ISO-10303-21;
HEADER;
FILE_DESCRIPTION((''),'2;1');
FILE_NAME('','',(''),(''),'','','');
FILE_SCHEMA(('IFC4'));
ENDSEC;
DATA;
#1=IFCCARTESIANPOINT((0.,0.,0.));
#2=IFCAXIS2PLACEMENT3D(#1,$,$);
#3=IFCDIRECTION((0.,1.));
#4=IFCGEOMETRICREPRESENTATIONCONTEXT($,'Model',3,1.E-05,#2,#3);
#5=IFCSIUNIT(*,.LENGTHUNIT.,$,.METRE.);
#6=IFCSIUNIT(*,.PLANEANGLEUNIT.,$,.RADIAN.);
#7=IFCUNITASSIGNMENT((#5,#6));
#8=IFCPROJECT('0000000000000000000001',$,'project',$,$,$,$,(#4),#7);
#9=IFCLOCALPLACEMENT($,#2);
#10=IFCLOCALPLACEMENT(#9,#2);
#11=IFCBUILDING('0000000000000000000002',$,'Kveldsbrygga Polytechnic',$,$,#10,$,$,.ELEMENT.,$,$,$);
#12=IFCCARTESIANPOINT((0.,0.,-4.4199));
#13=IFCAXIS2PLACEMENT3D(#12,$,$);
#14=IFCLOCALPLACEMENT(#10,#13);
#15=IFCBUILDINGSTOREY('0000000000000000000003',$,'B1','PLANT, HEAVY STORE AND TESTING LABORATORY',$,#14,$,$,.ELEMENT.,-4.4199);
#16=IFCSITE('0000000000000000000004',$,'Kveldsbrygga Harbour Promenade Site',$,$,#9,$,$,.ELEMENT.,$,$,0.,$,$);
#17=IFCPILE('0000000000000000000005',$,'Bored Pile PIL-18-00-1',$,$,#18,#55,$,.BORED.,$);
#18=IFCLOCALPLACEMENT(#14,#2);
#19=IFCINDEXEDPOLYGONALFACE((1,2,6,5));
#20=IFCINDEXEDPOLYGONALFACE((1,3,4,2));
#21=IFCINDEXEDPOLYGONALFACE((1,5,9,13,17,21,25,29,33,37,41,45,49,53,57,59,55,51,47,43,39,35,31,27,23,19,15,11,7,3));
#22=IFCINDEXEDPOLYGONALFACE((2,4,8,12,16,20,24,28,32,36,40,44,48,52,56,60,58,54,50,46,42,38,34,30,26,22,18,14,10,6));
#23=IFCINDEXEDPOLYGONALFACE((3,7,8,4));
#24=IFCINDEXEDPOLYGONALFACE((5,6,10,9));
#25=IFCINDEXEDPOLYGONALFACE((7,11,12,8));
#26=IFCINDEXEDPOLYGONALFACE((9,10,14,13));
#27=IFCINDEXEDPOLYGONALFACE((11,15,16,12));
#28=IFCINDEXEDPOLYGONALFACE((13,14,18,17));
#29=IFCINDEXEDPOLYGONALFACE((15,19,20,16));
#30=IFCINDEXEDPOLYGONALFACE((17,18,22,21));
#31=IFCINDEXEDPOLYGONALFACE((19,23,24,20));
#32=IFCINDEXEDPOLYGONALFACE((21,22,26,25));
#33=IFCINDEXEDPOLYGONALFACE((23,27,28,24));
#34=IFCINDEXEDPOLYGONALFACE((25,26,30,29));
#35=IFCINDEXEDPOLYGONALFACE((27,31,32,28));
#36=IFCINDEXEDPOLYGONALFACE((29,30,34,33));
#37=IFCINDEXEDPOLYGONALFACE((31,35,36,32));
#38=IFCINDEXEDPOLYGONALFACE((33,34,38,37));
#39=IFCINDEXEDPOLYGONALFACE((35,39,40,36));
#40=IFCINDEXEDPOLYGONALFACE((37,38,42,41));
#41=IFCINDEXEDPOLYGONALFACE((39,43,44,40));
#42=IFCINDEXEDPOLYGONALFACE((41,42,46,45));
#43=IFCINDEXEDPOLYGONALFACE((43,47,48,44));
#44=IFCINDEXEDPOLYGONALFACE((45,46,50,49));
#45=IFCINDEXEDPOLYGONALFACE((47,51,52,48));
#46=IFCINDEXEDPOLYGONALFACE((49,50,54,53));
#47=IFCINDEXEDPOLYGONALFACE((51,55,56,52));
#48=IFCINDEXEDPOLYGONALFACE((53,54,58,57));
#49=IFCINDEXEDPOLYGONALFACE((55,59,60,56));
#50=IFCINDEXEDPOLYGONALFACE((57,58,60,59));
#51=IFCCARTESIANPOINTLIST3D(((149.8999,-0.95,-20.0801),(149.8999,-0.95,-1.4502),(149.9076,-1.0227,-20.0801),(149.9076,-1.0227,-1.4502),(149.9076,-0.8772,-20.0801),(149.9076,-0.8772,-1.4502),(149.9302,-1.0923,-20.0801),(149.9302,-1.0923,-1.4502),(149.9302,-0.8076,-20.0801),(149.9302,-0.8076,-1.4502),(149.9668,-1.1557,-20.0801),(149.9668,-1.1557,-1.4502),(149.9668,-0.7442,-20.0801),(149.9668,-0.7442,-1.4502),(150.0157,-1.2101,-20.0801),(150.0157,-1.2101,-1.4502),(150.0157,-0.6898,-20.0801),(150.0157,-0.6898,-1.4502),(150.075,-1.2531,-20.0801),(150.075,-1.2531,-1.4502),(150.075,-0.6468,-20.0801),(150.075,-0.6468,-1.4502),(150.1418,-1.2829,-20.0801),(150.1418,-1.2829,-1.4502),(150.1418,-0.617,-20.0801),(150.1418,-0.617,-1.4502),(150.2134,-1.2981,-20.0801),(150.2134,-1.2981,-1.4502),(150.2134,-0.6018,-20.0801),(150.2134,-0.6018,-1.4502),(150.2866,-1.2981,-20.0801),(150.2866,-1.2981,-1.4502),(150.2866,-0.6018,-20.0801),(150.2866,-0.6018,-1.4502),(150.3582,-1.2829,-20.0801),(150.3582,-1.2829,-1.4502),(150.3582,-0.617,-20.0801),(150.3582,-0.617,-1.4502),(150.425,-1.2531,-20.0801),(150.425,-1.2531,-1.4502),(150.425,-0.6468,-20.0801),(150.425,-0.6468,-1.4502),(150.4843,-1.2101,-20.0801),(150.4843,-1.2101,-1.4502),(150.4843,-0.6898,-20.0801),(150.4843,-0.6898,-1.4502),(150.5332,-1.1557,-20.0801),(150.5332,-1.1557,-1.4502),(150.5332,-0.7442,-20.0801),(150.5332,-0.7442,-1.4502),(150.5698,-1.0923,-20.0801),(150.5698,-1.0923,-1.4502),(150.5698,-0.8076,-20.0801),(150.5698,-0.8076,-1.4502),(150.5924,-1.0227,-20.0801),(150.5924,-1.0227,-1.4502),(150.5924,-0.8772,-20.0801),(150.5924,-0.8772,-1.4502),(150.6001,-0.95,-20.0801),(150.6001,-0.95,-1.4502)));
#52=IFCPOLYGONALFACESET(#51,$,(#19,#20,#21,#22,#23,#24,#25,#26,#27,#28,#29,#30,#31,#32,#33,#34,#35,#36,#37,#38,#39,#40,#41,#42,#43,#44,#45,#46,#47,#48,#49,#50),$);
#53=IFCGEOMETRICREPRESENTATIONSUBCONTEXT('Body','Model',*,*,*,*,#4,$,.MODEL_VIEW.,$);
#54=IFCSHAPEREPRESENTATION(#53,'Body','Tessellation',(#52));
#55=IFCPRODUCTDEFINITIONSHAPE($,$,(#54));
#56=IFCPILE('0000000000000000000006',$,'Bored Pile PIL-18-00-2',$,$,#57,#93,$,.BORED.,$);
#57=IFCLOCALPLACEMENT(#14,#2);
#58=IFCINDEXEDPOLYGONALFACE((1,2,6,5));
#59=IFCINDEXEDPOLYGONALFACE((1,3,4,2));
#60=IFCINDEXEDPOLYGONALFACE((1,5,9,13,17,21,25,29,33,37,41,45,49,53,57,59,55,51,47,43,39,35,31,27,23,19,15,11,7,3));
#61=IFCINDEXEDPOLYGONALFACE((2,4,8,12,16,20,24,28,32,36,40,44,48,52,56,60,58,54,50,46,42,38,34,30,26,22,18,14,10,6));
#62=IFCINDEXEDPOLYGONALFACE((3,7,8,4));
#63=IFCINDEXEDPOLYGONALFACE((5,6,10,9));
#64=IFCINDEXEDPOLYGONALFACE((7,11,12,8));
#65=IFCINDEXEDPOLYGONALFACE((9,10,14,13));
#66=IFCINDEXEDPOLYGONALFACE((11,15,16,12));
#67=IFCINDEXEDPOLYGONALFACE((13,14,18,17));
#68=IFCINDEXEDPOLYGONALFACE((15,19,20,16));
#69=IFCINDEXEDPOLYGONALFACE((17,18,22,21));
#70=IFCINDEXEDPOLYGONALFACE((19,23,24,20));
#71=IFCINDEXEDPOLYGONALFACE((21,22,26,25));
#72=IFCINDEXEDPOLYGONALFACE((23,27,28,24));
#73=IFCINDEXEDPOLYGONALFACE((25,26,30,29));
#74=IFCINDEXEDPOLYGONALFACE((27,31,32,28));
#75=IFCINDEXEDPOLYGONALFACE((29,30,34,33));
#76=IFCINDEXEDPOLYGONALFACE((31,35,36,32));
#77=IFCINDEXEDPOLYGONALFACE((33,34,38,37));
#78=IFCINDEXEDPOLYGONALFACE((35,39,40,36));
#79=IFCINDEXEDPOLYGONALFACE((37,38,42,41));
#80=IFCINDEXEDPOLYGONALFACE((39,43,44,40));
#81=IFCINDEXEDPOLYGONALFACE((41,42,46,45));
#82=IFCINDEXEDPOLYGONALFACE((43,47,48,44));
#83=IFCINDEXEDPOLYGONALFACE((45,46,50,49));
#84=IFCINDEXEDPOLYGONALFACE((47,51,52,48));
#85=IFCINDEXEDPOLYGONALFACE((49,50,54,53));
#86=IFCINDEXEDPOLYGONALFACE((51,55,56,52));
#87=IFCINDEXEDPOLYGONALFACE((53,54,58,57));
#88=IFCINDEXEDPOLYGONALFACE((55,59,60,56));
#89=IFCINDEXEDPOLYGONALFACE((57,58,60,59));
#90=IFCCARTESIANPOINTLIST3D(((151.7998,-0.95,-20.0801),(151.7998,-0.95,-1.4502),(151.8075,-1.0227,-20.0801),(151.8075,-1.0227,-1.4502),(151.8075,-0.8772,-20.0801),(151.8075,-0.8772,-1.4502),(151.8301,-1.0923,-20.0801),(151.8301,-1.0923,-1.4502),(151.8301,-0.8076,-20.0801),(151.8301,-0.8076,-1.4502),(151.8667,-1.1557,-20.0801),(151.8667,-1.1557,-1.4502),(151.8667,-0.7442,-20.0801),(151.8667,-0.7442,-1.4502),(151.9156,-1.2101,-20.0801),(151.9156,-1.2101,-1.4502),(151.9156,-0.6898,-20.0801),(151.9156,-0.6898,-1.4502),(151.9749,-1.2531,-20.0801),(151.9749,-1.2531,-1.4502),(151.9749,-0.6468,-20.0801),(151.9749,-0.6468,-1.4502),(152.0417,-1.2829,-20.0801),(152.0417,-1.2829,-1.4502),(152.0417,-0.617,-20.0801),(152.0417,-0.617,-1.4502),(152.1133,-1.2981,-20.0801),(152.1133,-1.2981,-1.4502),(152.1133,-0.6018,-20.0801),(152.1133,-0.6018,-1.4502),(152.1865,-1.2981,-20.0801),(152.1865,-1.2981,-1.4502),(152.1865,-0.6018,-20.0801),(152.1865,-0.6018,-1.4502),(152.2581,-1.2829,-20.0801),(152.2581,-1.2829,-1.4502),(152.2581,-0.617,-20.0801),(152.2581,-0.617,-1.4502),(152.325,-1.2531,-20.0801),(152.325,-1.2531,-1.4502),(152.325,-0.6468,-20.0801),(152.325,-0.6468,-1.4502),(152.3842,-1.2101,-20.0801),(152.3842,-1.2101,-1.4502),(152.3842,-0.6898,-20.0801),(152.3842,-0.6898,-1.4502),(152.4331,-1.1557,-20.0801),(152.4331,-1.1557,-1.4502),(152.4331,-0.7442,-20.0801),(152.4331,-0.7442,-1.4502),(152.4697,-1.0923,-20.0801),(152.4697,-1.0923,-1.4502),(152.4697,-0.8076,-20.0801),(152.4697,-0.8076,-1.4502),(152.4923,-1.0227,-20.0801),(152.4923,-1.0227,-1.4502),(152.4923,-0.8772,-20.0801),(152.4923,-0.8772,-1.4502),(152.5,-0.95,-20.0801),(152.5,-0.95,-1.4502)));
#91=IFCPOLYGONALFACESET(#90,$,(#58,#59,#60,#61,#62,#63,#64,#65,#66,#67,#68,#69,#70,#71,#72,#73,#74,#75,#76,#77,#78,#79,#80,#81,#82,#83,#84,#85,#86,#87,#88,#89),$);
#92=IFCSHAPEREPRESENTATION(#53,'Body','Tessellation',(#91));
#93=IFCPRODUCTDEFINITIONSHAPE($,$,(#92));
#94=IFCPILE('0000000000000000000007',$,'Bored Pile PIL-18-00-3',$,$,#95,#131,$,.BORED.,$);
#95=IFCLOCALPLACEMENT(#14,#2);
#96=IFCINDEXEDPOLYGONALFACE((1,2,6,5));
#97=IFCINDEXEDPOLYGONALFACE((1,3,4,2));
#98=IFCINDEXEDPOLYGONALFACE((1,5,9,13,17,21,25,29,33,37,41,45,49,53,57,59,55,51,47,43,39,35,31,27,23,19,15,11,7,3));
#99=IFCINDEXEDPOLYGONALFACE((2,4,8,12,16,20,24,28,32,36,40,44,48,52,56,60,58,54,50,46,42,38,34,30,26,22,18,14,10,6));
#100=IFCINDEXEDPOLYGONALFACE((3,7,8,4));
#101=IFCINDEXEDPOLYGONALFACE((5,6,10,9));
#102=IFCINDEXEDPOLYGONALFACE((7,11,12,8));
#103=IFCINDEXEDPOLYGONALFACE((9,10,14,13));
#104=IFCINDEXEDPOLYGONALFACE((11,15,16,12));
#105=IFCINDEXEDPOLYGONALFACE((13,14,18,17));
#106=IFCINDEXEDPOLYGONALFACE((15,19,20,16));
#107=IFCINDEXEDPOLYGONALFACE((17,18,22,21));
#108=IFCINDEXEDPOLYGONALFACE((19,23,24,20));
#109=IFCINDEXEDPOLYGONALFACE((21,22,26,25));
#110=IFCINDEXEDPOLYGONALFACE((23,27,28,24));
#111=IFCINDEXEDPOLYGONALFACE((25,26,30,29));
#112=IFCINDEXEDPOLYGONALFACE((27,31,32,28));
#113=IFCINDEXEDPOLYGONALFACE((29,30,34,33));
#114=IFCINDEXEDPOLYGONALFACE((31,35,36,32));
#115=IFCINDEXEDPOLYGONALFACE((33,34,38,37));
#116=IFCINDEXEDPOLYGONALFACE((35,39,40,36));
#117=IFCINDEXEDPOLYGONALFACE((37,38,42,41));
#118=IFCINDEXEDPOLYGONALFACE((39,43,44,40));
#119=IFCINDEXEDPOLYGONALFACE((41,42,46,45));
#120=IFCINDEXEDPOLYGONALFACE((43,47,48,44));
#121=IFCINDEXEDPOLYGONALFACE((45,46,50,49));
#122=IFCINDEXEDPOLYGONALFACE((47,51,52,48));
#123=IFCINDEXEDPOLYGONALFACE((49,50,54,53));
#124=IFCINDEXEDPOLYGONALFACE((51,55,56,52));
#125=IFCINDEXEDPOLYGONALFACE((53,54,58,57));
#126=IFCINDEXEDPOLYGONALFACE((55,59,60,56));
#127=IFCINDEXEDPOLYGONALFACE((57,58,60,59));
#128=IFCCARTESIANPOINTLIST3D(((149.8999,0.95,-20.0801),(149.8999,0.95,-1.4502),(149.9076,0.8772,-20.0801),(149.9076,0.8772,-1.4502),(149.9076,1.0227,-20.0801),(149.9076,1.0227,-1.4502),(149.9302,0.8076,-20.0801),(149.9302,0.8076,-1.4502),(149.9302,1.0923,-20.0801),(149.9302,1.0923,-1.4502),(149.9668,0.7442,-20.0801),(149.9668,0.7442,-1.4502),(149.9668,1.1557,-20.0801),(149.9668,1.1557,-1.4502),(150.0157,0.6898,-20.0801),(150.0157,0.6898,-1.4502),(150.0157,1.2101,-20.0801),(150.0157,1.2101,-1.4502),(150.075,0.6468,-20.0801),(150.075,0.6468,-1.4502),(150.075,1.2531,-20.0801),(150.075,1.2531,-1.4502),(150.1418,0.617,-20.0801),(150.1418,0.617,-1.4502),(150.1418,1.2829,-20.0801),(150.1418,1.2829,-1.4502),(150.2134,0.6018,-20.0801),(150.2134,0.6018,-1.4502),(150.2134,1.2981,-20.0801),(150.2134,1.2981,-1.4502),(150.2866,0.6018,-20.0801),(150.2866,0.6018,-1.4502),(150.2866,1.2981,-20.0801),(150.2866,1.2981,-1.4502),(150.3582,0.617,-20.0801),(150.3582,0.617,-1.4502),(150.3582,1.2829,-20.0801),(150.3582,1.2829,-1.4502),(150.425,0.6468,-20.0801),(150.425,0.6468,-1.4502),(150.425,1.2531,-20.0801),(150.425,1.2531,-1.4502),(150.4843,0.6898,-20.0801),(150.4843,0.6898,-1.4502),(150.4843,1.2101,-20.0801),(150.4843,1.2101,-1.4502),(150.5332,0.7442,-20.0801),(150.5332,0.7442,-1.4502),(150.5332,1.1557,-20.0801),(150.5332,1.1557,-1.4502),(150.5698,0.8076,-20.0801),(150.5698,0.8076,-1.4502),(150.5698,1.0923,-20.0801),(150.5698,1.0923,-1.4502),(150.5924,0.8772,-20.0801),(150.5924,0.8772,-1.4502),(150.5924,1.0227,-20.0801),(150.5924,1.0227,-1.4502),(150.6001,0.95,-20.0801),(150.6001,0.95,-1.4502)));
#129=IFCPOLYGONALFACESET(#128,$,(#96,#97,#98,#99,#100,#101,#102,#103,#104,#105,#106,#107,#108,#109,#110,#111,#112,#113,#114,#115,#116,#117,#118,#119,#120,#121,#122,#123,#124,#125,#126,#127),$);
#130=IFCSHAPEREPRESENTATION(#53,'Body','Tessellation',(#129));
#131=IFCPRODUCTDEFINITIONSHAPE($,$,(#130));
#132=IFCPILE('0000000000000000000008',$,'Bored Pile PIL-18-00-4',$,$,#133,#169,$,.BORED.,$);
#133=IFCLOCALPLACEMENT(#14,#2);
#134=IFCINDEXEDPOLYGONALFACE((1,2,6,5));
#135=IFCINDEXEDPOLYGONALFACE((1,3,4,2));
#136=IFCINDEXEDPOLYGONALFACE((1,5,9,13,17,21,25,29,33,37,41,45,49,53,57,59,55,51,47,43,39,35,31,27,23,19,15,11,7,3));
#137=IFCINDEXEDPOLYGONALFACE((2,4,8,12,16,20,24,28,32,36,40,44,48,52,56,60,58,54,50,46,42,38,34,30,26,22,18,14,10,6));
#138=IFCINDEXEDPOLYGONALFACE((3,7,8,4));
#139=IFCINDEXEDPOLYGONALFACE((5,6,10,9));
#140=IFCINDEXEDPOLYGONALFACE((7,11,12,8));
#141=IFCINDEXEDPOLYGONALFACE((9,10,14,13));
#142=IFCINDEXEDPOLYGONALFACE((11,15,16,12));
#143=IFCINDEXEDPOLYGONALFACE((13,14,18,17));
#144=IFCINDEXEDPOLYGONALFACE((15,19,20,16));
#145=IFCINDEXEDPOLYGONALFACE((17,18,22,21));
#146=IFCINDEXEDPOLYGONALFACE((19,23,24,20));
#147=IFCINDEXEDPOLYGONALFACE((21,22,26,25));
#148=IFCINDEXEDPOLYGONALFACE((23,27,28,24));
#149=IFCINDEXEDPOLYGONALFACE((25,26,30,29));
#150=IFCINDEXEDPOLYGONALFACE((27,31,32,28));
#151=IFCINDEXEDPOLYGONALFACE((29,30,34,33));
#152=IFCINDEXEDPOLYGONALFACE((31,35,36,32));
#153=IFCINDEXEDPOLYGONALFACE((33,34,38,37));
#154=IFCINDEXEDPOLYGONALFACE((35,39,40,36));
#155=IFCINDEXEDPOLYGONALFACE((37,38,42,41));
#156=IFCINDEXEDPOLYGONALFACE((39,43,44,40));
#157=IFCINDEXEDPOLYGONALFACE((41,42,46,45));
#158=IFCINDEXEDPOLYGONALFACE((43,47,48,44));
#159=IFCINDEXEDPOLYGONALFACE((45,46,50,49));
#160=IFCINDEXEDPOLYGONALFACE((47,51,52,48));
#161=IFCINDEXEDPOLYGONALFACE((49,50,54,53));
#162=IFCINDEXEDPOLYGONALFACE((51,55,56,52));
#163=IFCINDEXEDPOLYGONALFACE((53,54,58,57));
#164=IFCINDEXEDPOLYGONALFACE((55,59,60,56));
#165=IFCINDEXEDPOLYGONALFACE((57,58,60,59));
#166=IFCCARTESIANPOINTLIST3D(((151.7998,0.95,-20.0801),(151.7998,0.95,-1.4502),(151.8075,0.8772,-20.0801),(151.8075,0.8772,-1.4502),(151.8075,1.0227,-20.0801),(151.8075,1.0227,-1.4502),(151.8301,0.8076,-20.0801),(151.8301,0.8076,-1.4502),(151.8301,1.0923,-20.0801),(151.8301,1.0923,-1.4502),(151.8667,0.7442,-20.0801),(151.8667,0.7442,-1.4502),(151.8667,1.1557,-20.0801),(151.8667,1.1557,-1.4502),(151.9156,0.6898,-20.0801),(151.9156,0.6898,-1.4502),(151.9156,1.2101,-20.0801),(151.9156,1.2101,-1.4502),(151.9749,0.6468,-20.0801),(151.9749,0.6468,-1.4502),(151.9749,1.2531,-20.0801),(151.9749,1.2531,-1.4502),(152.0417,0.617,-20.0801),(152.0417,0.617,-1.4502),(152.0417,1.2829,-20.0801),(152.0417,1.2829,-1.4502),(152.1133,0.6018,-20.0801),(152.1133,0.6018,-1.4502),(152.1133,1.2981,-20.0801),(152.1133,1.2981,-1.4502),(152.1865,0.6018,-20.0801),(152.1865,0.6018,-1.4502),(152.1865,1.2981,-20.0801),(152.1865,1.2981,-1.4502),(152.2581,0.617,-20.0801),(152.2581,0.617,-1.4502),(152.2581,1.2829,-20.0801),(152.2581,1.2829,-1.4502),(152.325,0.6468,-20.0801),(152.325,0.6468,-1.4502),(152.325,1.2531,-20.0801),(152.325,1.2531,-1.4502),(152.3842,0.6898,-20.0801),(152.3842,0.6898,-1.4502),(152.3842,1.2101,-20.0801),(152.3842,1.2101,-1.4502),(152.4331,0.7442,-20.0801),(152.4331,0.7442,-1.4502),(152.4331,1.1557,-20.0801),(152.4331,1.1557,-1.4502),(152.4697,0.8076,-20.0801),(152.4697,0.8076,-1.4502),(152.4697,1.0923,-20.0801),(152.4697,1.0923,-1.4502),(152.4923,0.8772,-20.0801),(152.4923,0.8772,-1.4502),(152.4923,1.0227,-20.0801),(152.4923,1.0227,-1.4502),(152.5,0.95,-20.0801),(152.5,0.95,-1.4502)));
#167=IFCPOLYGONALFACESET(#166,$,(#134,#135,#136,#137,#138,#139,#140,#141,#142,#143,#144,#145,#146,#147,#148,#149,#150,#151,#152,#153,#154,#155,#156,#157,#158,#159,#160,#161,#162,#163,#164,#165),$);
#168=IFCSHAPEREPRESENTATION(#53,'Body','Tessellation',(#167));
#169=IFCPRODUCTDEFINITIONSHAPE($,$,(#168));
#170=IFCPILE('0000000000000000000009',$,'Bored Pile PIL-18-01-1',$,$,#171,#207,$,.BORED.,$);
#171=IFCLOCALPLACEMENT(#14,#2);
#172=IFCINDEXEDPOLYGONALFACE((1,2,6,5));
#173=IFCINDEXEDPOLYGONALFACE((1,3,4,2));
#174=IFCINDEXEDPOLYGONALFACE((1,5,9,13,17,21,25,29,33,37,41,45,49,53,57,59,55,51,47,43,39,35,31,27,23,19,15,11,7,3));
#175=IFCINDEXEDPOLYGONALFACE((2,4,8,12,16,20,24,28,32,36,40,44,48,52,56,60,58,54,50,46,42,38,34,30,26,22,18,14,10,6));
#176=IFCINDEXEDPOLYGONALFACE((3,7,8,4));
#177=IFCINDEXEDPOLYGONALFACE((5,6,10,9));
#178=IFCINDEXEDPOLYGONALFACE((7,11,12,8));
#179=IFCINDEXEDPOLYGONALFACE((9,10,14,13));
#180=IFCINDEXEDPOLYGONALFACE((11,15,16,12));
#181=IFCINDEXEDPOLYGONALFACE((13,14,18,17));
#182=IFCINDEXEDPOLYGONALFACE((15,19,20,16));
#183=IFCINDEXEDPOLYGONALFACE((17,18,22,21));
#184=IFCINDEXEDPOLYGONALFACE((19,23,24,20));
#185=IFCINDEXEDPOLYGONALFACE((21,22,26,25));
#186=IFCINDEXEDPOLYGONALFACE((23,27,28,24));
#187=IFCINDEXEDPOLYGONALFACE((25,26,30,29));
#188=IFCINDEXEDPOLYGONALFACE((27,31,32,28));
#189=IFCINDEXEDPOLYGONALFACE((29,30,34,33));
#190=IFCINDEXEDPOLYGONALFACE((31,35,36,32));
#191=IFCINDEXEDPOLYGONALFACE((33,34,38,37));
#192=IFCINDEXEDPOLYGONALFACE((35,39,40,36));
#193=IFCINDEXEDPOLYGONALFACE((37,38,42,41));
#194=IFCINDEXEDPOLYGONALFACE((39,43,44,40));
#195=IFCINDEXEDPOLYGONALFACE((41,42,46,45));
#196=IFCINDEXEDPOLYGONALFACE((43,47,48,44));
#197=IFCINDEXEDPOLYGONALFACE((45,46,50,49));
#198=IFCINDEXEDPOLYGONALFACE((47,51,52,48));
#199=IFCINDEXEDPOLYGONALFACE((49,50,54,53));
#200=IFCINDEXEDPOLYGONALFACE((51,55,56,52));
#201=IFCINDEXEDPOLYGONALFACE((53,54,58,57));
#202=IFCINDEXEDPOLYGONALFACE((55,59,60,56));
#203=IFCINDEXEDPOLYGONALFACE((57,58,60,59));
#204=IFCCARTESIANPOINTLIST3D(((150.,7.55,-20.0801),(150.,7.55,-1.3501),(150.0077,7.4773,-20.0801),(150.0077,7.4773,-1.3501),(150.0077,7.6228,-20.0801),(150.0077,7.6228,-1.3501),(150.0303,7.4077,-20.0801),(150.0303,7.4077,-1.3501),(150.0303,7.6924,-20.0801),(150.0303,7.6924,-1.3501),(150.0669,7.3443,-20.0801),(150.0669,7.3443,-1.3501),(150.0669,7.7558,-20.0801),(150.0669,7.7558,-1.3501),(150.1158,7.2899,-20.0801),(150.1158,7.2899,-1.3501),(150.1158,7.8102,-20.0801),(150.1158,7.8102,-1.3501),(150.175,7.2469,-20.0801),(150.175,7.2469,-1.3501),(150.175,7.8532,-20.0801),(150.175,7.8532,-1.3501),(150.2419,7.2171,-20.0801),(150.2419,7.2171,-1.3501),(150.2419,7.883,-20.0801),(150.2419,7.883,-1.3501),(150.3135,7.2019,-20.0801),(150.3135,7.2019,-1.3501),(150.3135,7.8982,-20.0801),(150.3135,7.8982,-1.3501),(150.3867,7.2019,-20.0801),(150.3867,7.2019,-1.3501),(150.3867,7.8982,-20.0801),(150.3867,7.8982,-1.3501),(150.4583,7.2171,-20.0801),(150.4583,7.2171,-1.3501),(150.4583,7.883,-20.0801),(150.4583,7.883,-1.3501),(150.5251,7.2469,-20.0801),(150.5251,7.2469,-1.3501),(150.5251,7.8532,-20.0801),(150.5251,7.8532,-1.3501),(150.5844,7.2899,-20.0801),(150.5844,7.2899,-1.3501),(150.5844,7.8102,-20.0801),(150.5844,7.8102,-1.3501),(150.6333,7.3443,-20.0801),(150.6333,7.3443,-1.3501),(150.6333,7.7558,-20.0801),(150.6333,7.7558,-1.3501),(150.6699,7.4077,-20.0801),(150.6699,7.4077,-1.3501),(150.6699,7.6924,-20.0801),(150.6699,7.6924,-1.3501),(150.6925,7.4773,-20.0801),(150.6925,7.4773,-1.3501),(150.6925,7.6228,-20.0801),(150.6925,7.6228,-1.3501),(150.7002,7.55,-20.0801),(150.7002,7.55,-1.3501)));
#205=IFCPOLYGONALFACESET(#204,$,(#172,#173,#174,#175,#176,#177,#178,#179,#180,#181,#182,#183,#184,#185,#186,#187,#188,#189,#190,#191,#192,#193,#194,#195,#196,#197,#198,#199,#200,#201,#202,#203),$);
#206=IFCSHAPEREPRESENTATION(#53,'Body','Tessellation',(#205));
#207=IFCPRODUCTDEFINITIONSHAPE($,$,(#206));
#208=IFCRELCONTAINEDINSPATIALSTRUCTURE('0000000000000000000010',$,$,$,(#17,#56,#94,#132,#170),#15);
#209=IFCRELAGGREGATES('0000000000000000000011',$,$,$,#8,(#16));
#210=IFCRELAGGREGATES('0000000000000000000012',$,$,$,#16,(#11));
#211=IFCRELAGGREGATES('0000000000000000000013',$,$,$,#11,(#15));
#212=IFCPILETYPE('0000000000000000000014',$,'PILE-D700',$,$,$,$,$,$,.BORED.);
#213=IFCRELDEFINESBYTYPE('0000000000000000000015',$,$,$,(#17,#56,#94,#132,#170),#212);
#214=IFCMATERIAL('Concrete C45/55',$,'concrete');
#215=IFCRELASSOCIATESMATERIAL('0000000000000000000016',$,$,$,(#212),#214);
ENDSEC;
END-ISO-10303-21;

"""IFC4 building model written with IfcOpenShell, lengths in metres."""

from ifc_helpers import new_model, si_unit, direction, frame, origin, origin_2d, place, context, subcontext, project, spatial, circle, extrude, material, material_profile, profile_set, type_object, element, save


model = new_model("IFC4")

# Units and contexts
model_context = context("Model", 3, precision=1e-05, world=origin(), true_north=direction((0.0, 1.0)))
body_context = subcontext(model_context, "Body", "Model", "MODEL_VIEW")
ifc_project = project(units=[si_unit("LENGTHUNIT", "METRE"), si_unit("PLANEANGLEUNIT", "RADIAN")], contexts=[model_context])

# Site, building, storey
site_placement = place(None, origin())
site = spatial("IfcSite", under=ifc_project, at=site_placement, Name="Kveldsbrygga Harbour Promenade Site", CompositionType="ELEMENT", RefElevation=0.0)
building_placement = place(site_placement, origin())
building = spatial("IfcBuilding", under=site, at=building_placement, Name="Kveldsbrygga Polytechnic", CompositionType="ELEMENT")
storey_placement = place(building_placement, frame((0.0, 0.0, -4.4199)))
storey = spatial("IfcBuildingStorey", under=building, at=storey_placement, Name="B1", Description="PLANT, HEAVY STORE AND TESTING LABORATORY", CompositionType="ELEMENT", Elevation=-4.4199)

# Shared definitions
ifc_material_1 = material(Name="Concrete C45/55", Category="concrete")

# Piles
ifc_material_profile_1 = material_profile(ifc_material_1, circle(Radius=0.3501, at=origin_2d()), Name="PILE D700")
ifc_profile_set_1 = profile_set([ifc_material_profile_1], Name="Concrete C45/55")
pile_type_1 = type_object("IfcPileType", Name="PILE-D700", PredefinedType="BORED", material=ifc_profile_set_1)
for number, where, z_axis, x_axis, name in (
    (1, (150.25, -0.95, -1.4502), (0.0, 0.0, -1.0), (1.0, 0.0, 0.0), "Bored Pile PIL-18-00-1"),
    (2, (152.1499, -0.95, -1.4502), (0.0, 0.0, -1.0), (1.0, 0.0, 0.0), "Bored Pile PIL-18-00-2"),
    (3, (150.25, 0.95, -1.4502), (0.0, 0.0, -1.0), (1.0, 0.0, 0.0), "Bored Pile PIL-18-00-3"),
    (4, (152.1499, 0.95, -1.4502), (0.0, 0.0, -1.0), (1.0, 0.0, 0.0), "Bored Pile PIL-18-00-4"),
):
    element("IfcPile", number, at=place(storey_placement, frame(where, z_axis=z_axis, x_axis=x_axis)), inside=storey, type_object=pile_type_1, Name=name, PredefinedType="BORED", context=body_context, shape_type="SweptSolid", body=[
        extrude(circle(Radius=0.3501, at=origin_2d()), origin(), (0.0, 0.0, 1.0), 18.6299),
    ])
for number, where, z_axis, x_axis, name in (
    (5, (150.3501, 7.55, -1.3501), (0.0, 0.0, -1.0), (1.0, 0.0, 0.0), "Bored Pile PIL-18-01-1"),
):
    element("IfcPile", number, at=place(storey_placement, frame(where, z_axis=z_axis, x_axis=x_axis)), inside=storey, type_object=pile_type_1, Name=name, PredefinedType="BORED", context=body_context, shape_type="SweptSolid", body=[
        extrude(circle(Radius=0.3501, at=origin_2d()), origin(), (0.0, 0.0, 1.0), 18.73),
    ])

save(model, "model.ifc")
